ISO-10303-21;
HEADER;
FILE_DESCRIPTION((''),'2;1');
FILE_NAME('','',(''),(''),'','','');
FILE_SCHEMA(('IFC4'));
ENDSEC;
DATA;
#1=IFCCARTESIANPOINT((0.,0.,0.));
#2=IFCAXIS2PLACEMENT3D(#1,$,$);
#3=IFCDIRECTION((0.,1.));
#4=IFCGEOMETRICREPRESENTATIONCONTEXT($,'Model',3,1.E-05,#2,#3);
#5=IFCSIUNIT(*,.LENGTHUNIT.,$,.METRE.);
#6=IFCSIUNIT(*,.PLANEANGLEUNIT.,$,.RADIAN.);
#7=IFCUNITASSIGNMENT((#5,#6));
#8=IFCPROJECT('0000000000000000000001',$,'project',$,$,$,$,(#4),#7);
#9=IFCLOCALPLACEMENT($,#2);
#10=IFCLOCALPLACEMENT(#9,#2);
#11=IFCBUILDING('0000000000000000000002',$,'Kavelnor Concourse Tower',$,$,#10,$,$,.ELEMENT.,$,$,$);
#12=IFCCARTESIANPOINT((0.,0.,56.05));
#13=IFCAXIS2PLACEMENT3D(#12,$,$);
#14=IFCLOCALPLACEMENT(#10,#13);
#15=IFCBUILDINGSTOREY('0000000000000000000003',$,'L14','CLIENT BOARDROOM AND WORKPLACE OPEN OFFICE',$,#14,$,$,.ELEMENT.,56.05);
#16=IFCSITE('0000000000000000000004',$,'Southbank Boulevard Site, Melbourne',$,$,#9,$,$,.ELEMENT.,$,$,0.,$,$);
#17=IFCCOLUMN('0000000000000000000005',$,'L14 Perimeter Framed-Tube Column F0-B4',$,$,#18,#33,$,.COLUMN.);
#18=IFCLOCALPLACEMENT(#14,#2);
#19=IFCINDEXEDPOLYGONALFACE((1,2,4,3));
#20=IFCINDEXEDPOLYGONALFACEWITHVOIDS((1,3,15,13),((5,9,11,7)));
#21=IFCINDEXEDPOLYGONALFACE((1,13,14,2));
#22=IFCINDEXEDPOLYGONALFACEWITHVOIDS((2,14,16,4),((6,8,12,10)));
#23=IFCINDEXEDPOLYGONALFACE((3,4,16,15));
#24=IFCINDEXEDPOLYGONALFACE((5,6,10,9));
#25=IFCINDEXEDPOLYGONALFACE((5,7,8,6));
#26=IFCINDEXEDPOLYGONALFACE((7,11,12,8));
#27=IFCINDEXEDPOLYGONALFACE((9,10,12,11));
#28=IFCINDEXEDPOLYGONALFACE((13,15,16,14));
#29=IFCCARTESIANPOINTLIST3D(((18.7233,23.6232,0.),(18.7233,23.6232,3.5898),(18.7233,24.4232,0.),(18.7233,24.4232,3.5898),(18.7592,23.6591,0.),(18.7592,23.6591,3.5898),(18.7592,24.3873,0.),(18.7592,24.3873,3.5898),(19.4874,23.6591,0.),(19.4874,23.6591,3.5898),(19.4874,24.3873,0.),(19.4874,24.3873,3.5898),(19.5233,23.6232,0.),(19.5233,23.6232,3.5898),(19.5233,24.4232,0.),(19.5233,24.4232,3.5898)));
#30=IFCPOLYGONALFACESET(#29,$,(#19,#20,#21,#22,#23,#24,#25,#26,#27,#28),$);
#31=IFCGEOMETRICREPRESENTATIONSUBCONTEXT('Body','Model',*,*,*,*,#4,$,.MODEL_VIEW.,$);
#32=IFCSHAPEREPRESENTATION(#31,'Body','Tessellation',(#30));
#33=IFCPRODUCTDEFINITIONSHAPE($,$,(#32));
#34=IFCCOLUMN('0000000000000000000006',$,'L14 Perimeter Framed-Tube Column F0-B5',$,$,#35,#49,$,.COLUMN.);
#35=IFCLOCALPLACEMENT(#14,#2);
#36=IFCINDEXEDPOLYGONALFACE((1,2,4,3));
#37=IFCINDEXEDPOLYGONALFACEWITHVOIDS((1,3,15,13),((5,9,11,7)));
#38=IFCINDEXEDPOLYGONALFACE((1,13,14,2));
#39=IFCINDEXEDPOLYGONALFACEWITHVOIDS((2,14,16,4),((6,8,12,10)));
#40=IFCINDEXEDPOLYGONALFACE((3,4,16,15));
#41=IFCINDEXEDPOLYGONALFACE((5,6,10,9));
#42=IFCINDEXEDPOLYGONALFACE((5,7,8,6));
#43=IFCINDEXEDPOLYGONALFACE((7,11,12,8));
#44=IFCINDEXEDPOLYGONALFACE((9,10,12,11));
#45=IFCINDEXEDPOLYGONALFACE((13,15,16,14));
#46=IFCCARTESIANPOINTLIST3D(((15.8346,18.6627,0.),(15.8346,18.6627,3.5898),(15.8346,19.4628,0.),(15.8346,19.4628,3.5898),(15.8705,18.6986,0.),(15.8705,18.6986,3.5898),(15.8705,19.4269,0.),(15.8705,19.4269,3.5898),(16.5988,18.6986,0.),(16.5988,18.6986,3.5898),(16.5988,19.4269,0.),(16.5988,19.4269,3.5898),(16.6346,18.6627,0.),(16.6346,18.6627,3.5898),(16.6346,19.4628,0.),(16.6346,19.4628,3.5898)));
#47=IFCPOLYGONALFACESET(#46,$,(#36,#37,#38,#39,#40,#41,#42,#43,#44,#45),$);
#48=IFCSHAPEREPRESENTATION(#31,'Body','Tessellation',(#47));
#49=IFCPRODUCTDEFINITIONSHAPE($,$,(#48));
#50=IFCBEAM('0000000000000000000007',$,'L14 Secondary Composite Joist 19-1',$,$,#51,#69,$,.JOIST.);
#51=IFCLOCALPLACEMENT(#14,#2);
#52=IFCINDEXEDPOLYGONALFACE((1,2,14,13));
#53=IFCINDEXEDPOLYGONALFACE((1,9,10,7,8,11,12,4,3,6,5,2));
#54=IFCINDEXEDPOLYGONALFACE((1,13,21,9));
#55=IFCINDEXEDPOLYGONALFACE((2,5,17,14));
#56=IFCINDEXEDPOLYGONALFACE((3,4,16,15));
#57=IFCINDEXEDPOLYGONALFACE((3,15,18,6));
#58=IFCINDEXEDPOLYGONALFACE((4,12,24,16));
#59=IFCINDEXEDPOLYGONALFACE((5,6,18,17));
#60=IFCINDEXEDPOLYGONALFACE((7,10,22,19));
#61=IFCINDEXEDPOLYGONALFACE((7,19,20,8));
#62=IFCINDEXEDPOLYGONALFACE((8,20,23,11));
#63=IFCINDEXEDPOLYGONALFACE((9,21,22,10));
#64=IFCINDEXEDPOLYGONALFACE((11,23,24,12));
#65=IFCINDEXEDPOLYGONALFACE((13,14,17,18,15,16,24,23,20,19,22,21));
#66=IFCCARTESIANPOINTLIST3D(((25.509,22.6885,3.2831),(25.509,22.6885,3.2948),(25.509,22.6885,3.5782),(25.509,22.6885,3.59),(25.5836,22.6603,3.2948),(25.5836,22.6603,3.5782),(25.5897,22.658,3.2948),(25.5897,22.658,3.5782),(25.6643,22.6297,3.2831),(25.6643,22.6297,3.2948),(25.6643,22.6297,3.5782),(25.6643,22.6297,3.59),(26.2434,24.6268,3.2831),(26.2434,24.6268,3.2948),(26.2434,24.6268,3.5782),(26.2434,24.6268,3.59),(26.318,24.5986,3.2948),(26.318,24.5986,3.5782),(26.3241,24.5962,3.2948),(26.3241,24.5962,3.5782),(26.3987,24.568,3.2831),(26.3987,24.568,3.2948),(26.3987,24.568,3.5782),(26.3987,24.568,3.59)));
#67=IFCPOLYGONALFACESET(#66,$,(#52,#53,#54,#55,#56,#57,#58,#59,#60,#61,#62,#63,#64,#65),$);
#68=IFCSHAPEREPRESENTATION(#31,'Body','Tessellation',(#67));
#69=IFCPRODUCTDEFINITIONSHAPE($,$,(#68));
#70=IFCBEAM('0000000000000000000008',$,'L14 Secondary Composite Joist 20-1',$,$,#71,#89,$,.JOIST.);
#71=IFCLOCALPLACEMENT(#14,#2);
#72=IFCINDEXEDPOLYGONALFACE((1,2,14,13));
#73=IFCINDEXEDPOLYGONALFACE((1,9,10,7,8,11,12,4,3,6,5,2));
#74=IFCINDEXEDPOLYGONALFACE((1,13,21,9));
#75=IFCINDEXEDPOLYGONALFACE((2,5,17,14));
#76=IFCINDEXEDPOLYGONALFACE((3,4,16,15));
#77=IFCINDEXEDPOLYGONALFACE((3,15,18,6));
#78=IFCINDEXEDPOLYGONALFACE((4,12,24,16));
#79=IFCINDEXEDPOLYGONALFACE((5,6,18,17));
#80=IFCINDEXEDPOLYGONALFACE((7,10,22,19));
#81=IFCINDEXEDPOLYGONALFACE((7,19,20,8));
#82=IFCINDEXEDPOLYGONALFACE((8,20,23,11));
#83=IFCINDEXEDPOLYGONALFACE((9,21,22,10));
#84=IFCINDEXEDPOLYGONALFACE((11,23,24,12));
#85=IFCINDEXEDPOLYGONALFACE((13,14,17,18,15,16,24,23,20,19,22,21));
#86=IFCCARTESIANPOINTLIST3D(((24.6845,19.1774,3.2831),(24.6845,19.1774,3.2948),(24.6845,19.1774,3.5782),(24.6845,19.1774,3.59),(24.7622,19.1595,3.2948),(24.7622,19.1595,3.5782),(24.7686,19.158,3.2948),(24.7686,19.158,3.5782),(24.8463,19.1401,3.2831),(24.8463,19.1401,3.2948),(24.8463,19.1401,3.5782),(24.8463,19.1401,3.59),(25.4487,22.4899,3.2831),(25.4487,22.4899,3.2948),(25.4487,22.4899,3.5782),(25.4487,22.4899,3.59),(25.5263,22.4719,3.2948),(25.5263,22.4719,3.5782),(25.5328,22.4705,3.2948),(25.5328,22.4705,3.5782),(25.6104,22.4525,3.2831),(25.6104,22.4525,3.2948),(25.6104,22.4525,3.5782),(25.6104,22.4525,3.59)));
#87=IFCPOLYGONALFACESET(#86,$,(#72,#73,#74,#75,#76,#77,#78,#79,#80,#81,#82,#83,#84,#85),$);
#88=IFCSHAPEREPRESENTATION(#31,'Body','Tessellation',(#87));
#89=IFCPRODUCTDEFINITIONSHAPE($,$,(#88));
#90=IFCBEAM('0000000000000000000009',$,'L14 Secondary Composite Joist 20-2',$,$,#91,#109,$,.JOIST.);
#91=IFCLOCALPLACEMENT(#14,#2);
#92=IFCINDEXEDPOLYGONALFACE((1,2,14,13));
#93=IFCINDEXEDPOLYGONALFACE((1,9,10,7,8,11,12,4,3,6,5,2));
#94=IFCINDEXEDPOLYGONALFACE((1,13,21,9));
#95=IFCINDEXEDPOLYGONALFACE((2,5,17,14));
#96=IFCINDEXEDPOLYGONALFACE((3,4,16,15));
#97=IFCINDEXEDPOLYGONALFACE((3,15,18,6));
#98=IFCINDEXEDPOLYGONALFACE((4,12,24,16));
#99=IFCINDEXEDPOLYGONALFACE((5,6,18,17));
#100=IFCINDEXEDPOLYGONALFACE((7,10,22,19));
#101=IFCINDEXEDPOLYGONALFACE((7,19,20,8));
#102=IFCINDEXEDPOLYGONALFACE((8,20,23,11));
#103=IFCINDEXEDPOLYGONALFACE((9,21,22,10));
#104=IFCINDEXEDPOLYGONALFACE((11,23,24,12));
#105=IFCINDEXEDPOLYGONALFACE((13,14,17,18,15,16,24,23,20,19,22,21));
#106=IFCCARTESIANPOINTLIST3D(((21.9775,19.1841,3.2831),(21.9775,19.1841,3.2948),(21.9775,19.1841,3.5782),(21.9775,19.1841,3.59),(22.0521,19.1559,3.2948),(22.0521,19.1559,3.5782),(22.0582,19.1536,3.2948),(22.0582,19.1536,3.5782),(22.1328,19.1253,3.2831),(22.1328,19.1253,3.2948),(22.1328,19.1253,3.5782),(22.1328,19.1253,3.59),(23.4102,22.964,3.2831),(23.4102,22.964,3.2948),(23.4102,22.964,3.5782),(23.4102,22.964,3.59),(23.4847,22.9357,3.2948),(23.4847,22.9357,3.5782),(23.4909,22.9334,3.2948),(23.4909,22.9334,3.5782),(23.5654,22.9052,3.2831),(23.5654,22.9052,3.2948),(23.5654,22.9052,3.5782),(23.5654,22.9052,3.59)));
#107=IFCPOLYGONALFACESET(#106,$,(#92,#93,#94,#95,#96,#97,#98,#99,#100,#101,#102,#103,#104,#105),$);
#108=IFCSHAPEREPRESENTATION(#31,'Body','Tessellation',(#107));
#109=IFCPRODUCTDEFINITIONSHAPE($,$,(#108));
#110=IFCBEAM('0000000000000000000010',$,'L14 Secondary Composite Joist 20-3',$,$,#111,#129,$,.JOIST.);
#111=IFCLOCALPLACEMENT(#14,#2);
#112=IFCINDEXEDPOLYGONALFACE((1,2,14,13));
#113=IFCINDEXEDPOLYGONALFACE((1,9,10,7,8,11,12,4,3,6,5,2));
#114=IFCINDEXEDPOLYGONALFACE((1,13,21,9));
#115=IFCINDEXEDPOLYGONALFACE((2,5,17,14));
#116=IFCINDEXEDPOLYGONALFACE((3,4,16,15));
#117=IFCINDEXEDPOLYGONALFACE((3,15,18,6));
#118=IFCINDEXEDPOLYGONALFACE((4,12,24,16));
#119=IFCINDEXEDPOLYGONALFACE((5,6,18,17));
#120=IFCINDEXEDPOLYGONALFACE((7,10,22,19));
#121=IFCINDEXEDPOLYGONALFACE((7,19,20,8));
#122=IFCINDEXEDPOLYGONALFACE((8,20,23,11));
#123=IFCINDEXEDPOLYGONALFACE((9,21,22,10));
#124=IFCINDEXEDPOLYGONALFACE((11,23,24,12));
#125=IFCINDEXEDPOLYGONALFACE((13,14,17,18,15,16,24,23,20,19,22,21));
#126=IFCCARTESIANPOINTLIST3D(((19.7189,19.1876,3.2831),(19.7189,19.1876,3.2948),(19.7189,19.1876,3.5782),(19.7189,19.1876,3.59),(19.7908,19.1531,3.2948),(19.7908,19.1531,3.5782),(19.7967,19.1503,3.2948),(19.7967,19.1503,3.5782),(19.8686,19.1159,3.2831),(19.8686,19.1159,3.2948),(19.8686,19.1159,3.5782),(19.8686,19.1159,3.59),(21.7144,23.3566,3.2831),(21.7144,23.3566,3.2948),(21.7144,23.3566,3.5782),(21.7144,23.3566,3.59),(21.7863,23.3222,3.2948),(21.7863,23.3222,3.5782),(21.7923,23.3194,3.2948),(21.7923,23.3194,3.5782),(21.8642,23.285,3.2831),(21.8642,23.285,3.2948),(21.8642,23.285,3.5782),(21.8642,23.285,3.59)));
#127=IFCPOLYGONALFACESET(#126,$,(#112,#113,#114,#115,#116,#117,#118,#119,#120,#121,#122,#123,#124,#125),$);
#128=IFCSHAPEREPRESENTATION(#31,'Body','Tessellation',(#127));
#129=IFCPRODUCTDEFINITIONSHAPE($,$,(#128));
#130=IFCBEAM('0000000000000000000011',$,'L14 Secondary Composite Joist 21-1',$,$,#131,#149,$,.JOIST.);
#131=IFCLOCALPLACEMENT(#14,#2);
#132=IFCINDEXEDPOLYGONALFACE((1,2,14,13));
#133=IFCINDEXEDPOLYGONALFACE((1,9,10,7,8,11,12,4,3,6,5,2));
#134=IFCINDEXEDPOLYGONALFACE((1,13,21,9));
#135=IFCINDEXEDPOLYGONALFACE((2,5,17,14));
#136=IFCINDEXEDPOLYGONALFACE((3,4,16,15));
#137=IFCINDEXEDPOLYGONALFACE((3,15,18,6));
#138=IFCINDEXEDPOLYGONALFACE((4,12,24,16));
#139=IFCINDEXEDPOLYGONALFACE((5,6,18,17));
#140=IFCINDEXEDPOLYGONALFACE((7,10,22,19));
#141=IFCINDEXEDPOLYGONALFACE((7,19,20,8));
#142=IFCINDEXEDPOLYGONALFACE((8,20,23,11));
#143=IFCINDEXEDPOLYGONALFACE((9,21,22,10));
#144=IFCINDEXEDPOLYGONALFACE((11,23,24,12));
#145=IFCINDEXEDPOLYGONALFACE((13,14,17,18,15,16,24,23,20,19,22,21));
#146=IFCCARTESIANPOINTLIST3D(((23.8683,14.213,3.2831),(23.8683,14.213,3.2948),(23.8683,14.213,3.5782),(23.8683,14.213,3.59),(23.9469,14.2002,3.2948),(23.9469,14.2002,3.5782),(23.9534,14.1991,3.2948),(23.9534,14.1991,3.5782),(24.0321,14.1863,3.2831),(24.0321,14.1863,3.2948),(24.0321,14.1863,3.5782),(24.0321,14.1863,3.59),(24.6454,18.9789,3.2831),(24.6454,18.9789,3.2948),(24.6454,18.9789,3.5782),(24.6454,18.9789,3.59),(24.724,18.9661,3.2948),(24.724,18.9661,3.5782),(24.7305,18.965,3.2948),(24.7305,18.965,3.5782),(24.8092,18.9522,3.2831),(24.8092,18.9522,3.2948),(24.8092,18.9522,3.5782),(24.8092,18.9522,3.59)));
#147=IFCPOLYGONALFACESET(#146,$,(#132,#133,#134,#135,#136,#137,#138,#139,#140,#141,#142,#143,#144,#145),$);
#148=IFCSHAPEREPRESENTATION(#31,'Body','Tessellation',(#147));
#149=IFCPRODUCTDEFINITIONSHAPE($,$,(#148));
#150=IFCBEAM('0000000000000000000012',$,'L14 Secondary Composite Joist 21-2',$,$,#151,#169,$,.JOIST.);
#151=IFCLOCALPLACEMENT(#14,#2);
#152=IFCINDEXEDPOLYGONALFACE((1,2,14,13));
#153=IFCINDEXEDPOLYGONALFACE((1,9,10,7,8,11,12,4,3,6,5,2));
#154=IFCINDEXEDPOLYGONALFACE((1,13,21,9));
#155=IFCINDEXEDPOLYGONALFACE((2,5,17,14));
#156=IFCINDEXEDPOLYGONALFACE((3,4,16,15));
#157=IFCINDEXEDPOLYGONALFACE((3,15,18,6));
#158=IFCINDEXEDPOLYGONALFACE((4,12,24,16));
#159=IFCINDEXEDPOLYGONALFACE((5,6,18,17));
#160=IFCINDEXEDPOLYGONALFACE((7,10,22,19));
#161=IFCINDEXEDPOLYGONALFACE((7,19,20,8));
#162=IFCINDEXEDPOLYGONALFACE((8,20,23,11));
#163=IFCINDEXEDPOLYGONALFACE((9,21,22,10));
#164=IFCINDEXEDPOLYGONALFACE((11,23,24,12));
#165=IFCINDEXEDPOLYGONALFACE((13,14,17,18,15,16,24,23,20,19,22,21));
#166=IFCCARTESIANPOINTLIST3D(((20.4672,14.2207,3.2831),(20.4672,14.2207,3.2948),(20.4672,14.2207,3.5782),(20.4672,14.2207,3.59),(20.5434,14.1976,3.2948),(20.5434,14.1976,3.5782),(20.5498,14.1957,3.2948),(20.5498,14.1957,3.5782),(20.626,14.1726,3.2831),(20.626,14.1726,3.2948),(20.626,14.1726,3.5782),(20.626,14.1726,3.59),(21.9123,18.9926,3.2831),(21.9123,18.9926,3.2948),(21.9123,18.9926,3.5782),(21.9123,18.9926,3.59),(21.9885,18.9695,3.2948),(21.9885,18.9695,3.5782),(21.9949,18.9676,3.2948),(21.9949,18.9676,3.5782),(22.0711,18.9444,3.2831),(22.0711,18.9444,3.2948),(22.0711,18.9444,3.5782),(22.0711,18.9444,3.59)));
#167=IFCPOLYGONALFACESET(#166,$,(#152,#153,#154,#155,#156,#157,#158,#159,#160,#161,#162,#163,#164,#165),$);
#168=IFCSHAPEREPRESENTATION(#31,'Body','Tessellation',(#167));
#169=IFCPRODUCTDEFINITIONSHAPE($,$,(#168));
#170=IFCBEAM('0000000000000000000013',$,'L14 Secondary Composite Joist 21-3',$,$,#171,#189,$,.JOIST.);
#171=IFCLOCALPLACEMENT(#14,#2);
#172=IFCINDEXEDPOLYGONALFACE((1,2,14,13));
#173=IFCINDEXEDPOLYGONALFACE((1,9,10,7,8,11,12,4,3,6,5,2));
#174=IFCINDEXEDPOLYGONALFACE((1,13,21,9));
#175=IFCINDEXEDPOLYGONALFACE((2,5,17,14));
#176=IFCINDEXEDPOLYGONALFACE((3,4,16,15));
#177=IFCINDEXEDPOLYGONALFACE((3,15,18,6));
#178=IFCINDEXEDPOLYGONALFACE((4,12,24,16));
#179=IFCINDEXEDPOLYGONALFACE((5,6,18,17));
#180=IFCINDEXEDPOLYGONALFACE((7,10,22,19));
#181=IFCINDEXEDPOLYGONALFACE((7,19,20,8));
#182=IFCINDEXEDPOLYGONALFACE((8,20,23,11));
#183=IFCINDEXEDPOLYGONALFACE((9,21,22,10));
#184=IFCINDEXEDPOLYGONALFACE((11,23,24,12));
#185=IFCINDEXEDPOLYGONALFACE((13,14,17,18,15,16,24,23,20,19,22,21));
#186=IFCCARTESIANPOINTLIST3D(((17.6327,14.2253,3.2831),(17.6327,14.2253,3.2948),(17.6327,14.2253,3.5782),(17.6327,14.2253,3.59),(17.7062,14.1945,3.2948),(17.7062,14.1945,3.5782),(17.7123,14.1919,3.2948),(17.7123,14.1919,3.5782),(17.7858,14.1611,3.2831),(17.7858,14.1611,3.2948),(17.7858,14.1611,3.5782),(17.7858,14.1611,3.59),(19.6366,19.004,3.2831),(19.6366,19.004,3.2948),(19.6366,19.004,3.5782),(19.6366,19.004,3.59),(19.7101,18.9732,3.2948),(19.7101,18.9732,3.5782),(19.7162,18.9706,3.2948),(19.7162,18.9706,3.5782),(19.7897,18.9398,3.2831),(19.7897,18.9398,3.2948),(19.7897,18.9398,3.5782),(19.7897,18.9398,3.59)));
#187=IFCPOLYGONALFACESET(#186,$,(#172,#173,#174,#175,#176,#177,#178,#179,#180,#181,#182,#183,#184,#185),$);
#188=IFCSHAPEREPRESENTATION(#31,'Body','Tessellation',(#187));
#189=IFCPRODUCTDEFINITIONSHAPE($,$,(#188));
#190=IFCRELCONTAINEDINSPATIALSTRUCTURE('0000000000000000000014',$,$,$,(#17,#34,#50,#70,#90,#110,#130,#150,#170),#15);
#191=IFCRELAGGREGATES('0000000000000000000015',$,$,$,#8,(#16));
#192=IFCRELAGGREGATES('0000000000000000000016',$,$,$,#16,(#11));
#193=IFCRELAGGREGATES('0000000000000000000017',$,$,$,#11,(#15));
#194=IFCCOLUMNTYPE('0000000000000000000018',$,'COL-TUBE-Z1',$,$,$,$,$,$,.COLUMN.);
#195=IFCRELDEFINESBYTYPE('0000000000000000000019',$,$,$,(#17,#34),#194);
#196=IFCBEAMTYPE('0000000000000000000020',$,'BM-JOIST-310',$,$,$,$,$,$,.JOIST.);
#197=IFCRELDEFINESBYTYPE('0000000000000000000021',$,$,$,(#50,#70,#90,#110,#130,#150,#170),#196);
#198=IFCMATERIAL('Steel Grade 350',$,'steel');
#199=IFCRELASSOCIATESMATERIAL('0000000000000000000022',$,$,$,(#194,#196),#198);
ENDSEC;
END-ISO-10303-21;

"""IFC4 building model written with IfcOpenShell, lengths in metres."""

from ifc_helpers import new_model, si_unit, direction, frame, origin, origin_2d, place, context, subcontext, project, spatial, hollow_rectangle, i_section, extrude, material, material_profile, profile_set, type_object, element, save


model = new_model("IFC4")

# Units and contexts
model_context = context("Model", 3, precision=1e-05, world=origin(), true_north=direction((0.0, 1.0)))
body_context = subcontext(model_context, "Body", "Model", "MODEL_VIEW")
ifc_project = project(units=[si_unit("LENGTHUNIT", "METRE"), si_unit("PLANEANGLEUNIT", "RADIAN")], contexts=[model_context])

# Site, building, storey
site_placement = place(None, origin())
site = spatial("IfcSite", under=ifc_project, at=site_placement, Name="Southbank Boulevard Site, Melbourne", CompositionType="ELEMENT", RefElevation=0.0)
building_placement = place(site_placement, origin())
building = spatial("IfcBuilding", under=site, at=building_placement, Name="Kavelnor Concourse Tower", CompositionType="ELEMENT")
storey_placement = place(building_placement, frame((0.0, 0.0, 56.05)))
storey = spatial("IfcBuildingStorey", under=building, at=storey_placement, Name="L14", Description="CLIENT BOARDROOM AND WORKPLACE OPEN OFFICE", CompositionType="ELEMENT", Elevation=56.05)

# Columns
ifc_material_1 = material(Name="Steel Grade 350", Category="steel")
ifc_material_profile_1 = material_profile(ifc_material_1, hollow_rectangle(XDim=0.8, YDim=0.8, WallThickness=0.0359, at=origin_2d()), Name="SHS 800x800x36")
ifc_profile_set_1 = profile_set([ifc_material_profile_1], Name="Steel Grade 350")
column_type = type_object("IfcColumnType", Name="COL-TUBE-Z1", PredefinedType="COLUMN", material=ifc_profile_set_1)
for number, where, z_axis, x_axis, name in (
    (1, (19.1233, 24.0232, 0.0), (0.0, 0.0, 1.0), (1.0, 0.0, 0.0), "L14 Perimeter Framed-Tube Column F0-B4"),
    (2, (16.2346, 19.0627, 0.0), (0.0, 0.0, 1.0), (1.0, 0.0, 0.0), "L14 Perimeter Framed-Tube Column F0-B5"),
):
    element("IfcColumn", number, at=place(storey_placement, frame(where, z_axis=z_axis, x_axis=x_axis)), inside=storey, type_object=column_type, Name=name, PredefinedType="COLUMN", context=body_context, shape_type="SweptSolid", body=[
        extrude(hollow_rectangle(XDim=0.8, YDim=0.8, WallThickness=0.0359, at=origin_2d()), origin(), (0.0, 0.0, 1.0), 3.5898),
    ])

# Beams
ifc_material_profile_2 = material_profile(ifc_material_1, i_section(OverallWidth=0.166, OverallDepth=0.3069, WebThickness=0.0066, FlangeThickness=0.0117, at=origin_2d()), Name="310UB46")
ifc_profile_set_2 = profile_set([ifc_material_profile_2], Name="Steel Grade 350")
beam_type_1 = type_object("IfcBeamType", Name="BM-JOIST-310", PredefinedType="JOIST", material=ifc_profile_set_2)
beam_1_placement = place(storey_placement, frame((26.321, 24.5974, 3.4365), z_axis=(-0.35431, -0.935128, 0.0), x_axis=(0.935128, -0.35431, 0.0)))
element("IfcBeam", 3, at=beam_1_placement, inside=storey, type_object=beam_type_1, Name="L14 Secondary Composite Joist 19-1", PredefinedType="JOIST", context=body_context, shape_type="SweptSolid", body=[
    extrude(i_section(OverallWidth=0.166, OverallDepth=0.3069, WebThickness=0.0066, FlangeThickness=0.0117, at=origin_2d()), origin(), (0.0, 0.0, 1.0), 2.0728),
])
beam_2_placement = place(storey_placement, frame((25.5295, 22.4712, 3.4365), z_axis=(-0.224786, -0.974408, 0.0), x_axis=(0.974408, -0.224786, 0.0)))
element("IfcBeam", 4, at=beam_2_placement, inside=storey, type_object=beam_type_1, Name="L14 Secondary Composite Joist 20-1", PredefinedType="JOIST", context=body_context, shape_type="SweptSolid", body=[
    extrude(i_section(OverallWidth=0.166, OverallDepth=0.3069, WebThickness=0.0066, FlangeThickness=0.0117, at=origin_2d()), origin(), (0.0, 0.0, 1.0), 3.3994),
])
beam_3_placement = place(storey_placement, frame((23.4878, 22.9346, 3.4365), z_axis=(-0.354418, -0.935087, 0.0), x_axis=(0.935087, -0.354418, 0.0)))
element("IfcBeam", 5, at=beam_3_placement, inside=storey, type_object=beam_type_1, Name="L14 Secondary Composite Joist 20-2", PredefinedType="JOIST", context=body_context, shape_type="SweptSolid", body=[
    extrude(i_section(OverallWidth=0.166, OverallDepth=0.3069, WebThickness=0.0066, FlangeThickness=0.0117, at=origin_2d()), origin(), (0.0, 0.0, 1.0), 4.0422),
])
beam_4_placement = place(storey_placement, frame((21.7893, 23.3208, 3.4365), z_axis=(-0.431745, -0.901996, 0.0), x_axis=(0.901996, -0.431745, 0.0)))
element("IfcBeam", 6, at=beam_4_placement, inside=storey, type_object=beam_type_1, Name="L14 Secondary Composite Joist 20-3", PredefinedType="JOIST", context=body_context, shape_type="SweptSolid", body=[
    extrude(i_section(OverallWidth=0.166, OverallDepth=0.3069, WebThickness=0.0066, FlangeThickness=0.0117, at=origin_2d()), origin(), (0.0, 0.0, 1.0), 4.6221),
])
beam_5_placement = place(storey_placement, frame((24.7273, 18.9656, 3.4365), z_axis=(-0.16093, -0.986966, 0.0), x_axis=(0.986966, -0.16093, 0.0)))
element("IfcBeam", 7, at=beam_5_placement, inside=storey, type_object=beam_type_1, Name="L14 Secondary Composite Joist 21-1", PredefinedType="JOIST", context=body_context, shape_type="SweptSolid", body=[
    extrude(i_section(OverallWidth=0.166, OverallDepth=0.3069, WebThickness=0.0066, FlangeThickness=0.0117, at=origin_2d()), origin(), (0.0, 0.0, 1.0), 4.8289),
])
beam_6_placement = place(storey_placement, frame((21.9917, 18.9685, 3.4365), z_axis=(-0.28984, -0.957075, 0.0), x_axis=(0.957075, -0.28984, 0.0)))
element("IfcBeam", 8, at=beam_6_placement, inside=storey, type_object=beam_type_1, Name="L14 Secondary Composite Joist 21-2", PredefinedType="JOIST", context=body_context, shape_type="SweptSolid", body=[
    extrude(i_section(OverallWidth=0.166, OverallDepth=0.3069, WebThickness=0.0066, FlangeThickness=0.0117, at=origin_2d()), origin(), (0.0, 0.0, 1.0), 4.9858),
])
beam_7_placement = place(storey_placement, frame((19.7131, 18.9719, 3.4365), z_axis=(-0.386709, -0.922202, 0.0), x_axis=(0.922202, -0.386709, 0.0)))
element("IfcBeam", 9, at=beam_7_placement, inside=storey, type_object=beam_type_1, Name="L14 Secondary Composite Joist 21-3", PredefinedType="JOIST", context=body_context, shape_type="SweptSolid", body=[
    extrude(i_section(OverallWidth=0.166, OverallDepth=0.3069, WebThickness=0.0066, FlangeThickness=0.0117, at=origin_2d()), origin(), (0.0, 0.0, 1.0), 5.1819),
])

save(model, "model.ifc")
